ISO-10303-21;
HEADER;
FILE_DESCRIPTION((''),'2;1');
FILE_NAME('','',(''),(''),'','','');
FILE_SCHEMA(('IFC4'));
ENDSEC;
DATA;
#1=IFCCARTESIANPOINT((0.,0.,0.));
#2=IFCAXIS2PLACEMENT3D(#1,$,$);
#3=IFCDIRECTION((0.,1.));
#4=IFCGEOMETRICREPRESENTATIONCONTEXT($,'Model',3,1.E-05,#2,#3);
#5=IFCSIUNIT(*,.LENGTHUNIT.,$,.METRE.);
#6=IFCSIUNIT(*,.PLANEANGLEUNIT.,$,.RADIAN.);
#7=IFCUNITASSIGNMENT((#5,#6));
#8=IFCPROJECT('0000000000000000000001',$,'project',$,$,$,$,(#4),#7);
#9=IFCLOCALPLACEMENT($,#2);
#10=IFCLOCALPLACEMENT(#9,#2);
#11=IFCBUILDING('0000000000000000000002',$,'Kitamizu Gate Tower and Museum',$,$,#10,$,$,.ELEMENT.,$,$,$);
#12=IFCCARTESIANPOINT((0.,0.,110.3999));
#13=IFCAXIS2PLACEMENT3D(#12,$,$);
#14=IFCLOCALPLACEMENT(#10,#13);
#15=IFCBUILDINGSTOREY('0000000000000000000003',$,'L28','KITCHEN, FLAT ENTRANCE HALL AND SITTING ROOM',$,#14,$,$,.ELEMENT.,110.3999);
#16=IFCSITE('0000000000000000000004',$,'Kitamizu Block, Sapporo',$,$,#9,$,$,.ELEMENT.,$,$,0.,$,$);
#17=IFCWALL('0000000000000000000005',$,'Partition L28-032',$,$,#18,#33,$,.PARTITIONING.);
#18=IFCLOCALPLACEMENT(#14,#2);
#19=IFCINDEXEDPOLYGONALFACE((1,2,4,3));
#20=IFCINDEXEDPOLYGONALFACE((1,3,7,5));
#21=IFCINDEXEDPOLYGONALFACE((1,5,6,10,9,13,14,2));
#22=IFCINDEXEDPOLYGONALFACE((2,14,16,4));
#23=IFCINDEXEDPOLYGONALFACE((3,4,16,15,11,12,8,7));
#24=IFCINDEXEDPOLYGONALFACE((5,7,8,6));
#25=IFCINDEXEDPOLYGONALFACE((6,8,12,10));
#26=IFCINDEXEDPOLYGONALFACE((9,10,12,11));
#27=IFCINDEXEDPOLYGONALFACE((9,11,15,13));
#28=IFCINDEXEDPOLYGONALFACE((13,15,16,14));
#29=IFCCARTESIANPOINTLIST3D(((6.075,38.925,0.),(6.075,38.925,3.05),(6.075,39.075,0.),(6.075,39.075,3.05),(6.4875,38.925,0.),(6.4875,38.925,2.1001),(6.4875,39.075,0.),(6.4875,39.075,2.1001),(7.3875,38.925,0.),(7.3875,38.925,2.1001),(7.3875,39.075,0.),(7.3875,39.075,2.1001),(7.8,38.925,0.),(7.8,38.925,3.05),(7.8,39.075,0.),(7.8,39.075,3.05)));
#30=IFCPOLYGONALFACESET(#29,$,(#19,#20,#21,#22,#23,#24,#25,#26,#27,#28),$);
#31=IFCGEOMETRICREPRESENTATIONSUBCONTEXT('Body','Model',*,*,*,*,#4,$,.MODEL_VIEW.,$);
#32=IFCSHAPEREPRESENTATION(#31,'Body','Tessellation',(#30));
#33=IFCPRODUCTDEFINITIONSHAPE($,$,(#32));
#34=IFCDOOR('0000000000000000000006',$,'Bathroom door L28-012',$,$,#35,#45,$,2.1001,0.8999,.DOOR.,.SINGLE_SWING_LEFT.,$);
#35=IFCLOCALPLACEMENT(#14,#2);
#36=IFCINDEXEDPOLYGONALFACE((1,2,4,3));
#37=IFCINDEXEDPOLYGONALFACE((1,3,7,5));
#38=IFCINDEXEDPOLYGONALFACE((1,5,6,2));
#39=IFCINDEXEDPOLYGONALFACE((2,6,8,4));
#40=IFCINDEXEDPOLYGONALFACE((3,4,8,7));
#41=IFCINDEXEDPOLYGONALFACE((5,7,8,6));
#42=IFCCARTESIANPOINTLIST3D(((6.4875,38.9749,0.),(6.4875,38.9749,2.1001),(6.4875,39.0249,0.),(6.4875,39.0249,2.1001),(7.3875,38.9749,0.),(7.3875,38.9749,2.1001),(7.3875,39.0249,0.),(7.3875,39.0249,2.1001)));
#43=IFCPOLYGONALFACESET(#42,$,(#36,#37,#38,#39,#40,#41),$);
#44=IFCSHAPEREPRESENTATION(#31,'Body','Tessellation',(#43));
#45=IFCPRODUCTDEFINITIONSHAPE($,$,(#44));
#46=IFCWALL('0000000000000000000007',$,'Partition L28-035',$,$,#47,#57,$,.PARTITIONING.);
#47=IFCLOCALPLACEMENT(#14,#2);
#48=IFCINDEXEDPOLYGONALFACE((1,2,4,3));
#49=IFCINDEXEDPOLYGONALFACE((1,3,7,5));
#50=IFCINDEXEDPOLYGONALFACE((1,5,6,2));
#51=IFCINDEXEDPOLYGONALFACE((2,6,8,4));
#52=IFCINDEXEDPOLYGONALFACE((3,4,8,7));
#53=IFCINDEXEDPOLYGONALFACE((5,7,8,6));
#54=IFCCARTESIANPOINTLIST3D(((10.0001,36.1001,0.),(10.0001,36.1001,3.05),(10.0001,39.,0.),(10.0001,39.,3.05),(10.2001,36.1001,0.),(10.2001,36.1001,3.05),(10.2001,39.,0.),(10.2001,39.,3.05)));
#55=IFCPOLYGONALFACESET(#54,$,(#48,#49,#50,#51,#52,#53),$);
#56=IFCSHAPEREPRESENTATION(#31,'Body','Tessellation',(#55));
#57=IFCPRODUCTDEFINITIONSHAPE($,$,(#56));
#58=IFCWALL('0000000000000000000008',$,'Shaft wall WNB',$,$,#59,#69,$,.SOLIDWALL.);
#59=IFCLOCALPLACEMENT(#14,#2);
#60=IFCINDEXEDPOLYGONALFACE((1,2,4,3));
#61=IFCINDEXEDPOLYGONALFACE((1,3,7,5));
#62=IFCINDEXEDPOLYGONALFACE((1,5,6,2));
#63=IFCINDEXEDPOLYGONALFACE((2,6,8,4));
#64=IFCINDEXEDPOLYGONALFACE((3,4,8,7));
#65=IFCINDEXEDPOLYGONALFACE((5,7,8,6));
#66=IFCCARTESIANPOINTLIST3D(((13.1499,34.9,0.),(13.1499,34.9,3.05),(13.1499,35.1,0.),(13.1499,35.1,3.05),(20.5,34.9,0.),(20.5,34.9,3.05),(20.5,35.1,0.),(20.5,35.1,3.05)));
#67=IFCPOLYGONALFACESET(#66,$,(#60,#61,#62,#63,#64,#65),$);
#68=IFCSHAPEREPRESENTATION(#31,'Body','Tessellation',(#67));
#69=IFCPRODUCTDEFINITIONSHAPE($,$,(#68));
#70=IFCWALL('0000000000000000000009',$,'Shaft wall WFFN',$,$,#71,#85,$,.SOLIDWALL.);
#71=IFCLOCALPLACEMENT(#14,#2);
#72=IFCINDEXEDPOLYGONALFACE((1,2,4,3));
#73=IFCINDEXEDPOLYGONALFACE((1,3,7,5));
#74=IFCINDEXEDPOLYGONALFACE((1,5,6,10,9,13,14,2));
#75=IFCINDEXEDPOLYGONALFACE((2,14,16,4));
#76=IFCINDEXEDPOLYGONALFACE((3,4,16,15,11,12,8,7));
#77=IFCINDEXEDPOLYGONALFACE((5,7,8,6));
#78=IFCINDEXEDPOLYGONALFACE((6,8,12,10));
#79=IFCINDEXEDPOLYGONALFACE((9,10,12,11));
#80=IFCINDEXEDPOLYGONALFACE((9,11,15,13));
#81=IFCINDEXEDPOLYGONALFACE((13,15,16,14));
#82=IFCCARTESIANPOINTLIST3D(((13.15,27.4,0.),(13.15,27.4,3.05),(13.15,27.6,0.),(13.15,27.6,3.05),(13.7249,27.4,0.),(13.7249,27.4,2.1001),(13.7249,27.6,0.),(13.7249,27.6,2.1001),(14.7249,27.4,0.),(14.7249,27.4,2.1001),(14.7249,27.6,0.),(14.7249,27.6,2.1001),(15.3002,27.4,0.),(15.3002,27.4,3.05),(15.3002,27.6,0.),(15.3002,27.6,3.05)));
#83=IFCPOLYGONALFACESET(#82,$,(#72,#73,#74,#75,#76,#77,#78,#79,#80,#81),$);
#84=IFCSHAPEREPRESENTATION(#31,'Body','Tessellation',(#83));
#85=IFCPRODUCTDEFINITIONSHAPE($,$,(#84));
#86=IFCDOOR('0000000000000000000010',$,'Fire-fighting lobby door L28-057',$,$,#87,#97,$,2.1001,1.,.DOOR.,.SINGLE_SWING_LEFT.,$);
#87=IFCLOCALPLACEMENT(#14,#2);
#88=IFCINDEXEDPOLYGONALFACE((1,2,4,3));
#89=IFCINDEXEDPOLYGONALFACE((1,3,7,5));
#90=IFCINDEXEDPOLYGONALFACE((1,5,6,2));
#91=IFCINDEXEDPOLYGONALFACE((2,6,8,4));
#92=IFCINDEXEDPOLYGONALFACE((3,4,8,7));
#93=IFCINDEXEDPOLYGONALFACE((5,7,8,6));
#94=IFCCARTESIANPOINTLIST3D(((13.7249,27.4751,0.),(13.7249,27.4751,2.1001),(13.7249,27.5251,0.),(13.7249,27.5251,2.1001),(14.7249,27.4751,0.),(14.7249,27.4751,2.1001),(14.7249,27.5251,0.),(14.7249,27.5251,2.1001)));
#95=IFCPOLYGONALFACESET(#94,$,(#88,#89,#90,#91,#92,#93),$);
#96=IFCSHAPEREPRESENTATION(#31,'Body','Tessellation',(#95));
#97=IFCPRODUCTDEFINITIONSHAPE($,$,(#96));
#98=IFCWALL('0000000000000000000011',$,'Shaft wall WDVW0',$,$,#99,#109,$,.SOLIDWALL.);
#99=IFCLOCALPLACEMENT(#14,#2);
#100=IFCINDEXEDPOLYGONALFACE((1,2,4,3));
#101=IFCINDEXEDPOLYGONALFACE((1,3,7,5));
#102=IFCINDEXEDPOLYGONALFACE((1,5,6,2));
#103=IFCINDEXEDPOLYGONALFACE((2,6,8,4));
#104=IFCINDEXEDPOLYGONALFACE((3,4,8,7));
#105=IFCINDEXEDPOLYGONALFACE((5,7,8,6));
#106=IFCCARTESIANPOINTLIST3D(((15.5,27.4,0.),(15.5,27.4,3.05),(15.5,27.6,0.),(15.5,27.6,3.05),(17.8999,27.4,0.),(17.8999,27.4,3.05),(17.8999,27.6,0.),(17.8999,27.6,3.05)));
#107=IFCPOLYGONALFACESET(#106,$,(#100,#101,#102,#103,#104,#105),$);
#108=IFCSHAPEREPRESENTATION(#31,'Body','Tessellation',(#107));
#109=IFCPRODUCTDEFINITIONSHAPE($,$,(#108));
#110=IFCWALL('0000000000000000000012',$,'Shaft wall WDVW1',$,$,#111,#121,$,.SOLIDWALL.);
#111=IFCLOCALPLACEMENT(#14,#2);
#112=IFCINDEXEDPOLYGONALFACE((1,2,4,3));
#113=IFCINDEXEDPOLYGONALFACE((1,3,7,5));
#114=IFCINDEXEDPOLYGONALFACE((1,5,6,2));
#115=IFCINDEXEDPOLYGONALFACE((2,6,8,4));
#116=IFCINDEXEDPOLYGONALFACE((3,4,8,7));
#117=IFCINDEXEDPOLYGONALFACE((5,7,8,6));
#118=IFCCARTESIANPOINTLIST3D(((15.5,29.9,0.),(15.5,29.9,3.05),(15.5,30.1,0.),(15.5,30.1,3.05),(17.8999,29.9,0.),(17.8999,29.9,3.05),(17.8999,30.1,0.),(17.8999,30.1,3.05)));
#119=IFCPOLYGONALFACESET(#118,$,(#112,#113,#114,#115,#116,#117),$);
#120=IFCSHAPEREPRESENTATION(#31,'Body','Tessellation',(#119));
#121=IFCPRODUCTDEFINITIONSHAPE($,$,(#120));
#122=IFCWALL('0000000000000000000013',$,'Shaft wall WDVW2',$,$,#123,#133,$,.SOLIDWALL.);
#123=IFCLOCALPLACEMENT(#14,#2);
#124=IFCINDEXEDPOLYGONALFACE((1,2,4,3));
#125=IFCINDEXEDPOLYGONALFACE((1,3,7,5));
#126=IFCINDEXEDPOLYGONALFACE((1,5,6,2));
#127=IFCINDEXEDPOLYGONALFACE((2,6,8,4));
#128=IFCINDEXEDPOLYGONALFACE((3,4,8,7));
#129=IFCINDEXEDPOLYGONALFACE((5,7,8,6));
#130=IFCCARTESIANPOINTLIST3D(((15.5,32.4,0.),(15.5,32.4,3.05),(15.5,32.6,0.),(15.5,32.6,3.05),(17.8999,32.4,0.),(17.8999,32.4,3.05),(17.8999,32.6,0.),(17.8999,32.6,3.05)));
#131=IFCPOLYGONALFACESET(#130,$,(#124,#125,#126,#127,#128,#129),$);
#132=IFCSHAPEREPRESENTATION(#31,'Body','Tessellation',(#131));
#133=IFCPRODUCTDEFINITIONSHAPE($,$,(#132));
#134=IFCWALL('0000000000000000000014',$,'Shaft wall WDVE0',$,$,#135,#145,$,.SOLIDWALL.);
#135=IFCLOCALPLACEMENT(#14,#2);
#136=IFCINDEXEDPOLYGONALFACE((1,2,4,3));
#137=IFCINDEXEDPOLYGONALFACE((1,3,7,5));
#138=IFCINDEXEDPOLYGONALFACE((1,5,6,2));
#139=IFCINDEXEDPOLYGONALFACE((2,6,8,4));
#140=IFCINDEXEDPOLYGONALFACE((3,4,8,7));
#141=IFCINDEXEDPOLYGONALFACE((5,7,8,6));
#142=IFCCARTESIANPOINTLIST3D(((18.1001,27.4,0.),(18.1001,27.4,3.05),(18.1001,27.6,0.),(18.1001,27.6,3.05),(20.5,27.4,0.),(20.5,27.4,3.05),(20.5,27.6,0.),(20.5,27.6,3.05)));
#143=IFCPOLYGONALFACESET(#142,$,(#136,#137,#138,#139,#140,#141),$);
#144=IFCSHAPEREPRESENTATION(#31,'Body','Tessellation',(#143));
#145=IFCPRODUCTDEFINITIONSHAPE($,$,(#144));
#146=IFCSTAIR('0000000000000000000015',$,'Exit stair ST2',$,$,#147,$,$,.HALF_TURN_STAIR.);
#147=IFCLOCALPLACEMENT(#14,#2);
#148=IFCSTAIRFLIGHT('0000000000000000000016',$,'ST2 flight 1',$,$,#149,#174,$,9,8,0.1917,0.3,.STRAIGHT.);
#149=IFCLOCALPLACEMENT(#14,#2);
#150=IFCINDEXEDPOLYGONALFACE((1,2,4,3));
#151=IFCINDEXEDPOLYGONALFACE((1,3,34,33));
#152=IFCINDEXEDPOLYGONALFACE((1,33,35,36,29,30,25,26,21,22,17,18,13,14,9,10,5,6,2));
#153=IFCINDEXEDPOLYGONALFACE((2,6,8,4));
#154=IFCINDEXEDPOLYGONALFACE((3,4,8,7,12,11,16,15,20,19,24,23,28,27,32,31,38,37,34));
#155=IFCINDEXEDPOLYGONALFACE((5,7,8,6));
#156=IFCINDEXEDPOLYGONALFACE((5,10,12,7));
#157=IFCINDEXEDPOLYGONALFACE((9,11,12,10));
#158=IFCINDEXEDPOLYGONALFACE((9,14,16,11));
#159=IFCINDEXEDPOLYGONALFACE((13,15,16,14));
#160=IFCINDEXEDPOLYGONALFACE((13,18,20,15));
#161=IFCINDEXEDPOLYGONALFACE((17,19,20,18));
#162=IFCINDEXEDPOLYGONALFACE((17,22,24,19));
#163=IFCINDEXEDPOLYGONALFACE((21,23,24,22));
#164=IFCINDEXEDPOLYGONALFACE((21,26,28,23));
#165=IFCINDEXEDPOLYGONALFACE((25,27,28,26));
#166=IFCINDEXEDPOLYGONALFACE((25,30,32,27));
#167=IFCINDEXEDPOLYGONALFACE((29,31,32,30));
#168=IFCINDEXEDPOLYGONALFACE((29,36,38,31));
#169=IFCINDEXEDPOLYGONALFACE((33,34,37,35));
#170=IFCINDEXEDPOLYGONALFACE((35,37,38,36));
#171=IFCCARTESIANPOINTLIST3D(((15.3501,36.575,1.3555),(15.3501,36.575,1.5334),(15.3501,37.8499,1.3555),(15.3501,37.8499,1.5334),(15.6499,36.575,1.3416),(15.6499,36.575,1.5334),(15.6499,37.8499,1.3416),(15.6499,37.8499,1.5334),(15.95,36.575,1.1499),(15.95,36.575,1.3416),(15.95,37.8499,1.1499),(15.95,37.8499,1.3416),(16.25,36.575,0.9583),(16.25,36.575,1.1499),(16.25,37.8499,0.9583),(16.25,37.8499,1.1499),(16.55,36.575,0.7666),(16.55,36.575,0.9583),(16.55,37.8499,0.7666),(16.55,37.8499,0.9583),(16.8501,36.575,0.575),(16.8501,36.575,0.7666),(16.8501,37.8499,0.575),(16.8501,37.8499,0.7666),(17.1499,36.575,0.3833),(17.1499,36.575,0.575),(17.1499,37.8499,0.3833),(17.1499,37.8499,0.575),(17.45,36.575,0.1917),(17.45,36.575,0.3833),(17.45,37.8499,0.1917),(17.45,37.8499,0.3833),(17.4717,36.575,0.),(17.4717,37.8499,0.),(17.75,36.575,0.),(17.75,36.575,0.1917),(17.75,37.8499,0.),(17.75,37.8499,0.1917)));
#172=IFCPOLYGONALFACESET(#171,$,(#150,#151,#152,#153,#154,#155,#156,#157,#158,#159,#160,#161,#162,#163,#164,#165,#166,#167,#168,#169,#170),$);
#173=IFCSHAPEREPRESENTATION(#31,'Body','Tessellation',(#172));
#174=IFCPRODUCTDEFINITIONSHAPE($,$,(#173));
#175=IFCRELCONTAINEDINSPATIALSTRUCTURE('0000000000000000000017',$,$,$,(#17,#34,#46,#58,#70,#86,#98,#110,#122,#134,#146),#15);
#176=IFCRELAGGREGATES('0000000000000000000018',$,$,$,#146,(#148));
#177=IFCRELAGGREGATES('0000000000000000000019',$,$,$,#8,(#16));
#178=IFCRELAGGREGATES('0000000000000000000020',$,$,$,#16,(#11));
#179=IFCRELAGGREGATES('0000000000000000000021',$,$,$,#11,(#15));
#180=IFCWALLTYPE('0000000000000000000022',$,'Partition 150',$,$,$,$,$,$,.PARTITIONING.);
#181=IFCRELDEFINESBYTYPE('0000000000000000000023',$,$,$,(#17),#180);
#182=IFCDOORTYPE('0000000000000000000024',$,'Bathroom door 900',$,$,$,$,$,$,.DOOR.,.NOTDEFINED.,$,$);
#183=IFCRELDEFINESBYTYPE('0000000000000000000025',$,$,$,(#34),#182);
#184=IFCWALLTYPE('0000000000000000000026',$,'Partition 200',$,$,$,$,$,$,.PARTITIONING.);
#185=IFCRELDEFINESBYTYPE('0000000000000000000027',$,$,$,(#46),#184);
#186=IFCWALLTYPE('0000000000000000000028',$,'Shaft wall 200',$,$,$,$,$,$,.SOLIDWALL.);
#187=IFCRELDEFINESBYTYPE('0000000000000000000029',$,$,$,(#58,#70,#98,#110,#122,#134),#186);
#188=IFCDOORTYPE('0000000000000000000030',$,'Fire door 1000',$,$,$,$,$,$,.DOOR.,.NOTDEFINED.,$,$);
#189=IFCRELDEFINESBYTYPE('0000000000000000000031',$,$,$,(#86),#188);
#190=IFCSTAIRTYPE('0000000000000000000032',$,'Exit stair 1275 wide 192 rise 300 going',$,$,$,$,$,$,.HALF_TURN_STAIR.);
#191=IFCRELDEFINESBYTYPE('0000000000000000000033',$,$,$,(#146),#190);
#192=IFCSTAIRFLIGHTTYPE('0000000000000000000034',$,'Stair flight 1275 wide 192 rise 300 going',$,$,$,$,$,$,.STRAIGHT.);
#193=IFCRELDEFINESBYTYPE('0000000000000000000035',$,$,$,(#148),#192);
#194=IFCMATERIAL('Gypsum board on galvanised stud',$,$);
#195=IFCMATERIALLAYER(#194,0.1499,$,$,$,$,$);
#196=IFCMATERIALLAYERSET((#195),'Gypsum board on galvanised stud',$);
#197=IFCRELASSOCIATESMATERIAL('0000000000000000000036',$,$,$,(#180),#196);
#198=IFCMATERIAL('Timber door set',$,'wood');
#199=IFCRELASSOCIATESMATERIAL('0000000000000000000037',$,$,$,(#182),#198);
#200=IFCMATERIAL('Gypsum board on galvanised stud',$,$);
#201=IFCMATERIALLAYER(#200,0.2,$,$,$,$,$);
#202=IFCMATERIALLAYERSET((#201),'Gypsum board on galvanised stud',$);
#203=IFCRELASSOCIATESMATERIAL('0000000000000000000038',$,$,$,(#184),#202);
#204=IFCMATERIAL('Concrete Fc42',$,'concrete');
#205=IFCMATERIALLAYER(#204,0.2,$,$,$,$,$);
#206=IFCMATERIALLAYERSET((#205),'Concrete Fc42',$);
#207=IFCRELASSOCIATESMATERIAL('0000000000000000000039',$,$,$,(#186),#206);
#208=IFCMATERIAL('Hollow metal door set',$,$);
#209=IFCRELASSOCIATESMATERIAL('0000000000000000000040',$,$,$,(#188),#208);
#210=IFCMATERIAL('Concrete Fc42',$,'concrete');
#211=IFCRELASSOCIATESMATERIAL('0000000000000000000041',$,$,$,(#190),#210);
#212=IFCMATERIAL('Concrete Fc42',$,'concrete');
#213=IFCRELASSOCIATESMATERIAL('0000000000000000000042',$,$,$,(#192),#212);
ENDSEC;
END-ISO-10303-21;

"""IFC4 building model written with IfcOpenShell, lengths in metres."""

from ifc_helpers import new_model, si_unit, direction, frame, frame_2d, origin, place, context, subcontext, project, spatial, polyline, rectangle, outline, extrude, material, layer, layer_set, type_object, element, fill, aggregate, save


model = new_model("IFC4")

# Units and contexts
model_context = context("Model", 3, precision=1e-05, world=origin(), true_north=direction((0.0, 1.0)))
body_context = subcontext(model_context, "Body", "Model", "MODEL_VIEW")
ifc_project = project(units=[si_unit("LENGTHUNIT", "METRE"), si_unit("PLANEANGLEUNIT", "RADIAN")], contexts=[model_context])

# Site, building, storey
site_placement = place(None, origin())
site = spatial("IfcSite", under=ifc_project, at=site_placement, Name="Kitamizu Block, Sapporo", CompositionType="ELEMENT", RefElevation=0.0)
building_placement = place(site_placement, origin())
building = spatial("IfcBuilding", under=site, at=building_placement, Name="Kitamizu Gate Tower and Museum", CompositionType="ELEMENT")
storey_placement = place(building_placement, frame((0.0, 0.0, 110.3999)))
storey = spatial("IfcBuildingStorey", under=building, at=storey_placement, Name="L28", Description="KITCHEN, FLAT ENTRANCE HALL AND SITTING ROOM", CompositionType="ELEMENT", Elevation=110.3999)

# Shared definitions
ifc_material_1 = material(Name="Gypsum board on galvanised stud")
ifc_layer_1 = layer(ifc_material_1, 0.1499)
ifc_layer_set_1 = layer_set([ifc_layer_1], Name="Gypsum board on galvanised stud")
wall_type_1 = type_object("IfcWallType", Name="Partition 150", PredefinedType="PARTITIONING", material=ifc_layer_set_1)

# Wall, opening, door
wall_1_placement = place(storey_placement, frame((7.8, 39.0, 0.0), z_axis=(0.0, 0.0, 1.0), x_axis=(-1.0, 0.0, 0.0)))
wall_1 = element("IfcWall", 1, at=wall_1_placement, inside=storey, type_object=wall_type_1, Name="Partition L28-032", PredefinedType="PARTITIONING", context=body_context, shape_type="SweptSolid", body=[
    extrude(rectangle(XDim=1.7251, YDim=0.1499, at=frame_2d((0.8625, 0.0))), origin(), (0.0, 0.0, 1.0), 3.05),
])
opening_1_placement = place(wall_1_placement, frame((0.4126, 0.0, 0.0)))
opening_1 = element("IfcOpeningElement", 2, at=opening_1_placement, cuts=wall_1, PredefinedType="OPENING", context=body_context, shape_type="SweptSolid", body=[
    extrude(rectangle(XDim=0.8999, YDim=2.1001, at=frame_2d((0.45, 1.05))), frame((0.0, 0.085, 0.0), z_axis=(0.0, -1.0, 0.0), x_axis=(1.0, 0.0, 0.0)), (0.0, 0.0, 1.0), 0.1699),
])
ifc_material_2 = material(Name="Timber door set", Category="wood")
door_type_1 = type_object("IfcDoorType", Name="Bathroom door 900", OperationType="NOTDEFINED", PredefinedType="DOOR", material=ifc_material_2)
door_1_placement = place(opening_1_placement, frame((0.8999, 0.0, 0.0), x_axis=(-1.0, 0.0, 0.0)))
door_1 = element("IfcDoor", 3, at=door_1_placement, inside=storey, type_object=door_type_1, Name="Bathroom door L28-012", OperationType="SINGLE_SWING_LEFT", OverallHeight=2.1001, OverallWidth=0.8999, PredefinedType="DOOR", context=body_context, shape_type="SweptSolid", body=[
    extrude(rectangle(XDim=0.8999, YDim=2.1001, at=frame_2d((0.45, 1.05))), frame((0.0, 0.0249, 0.0), z_axis=(0.0, -1.0, 0.0), x_axis=(1.0, 0.0, 0.0)), (0.0, 0.0, 1.0), 0.05),
])
fill(opening_1, door_1)

# Walls
ifc_material_3 = material(Name="Gypsum board on galvanised stud")
ifc_layer_2 = layer(ifc_material_3, 0.2)
ifc_layer_set_2 = layer_set([ifc_layer_2], Name="Gypsum board on galvanised stud")
wall_type_2 = type_object("IfcWallType", Name="Partition 200", PredefinedType="PARTITIONING", material=ifc_layer_set_2)
wall_2_placement = place(storey_placement, frame((10.1001, 36.1001, 0.0), z_axis=(0.0, 0.0, 1.0), x_axis=(0.0, 1.0, 0.0)))
element("IfcWall", 4, at=wall_2_placement, inside=storey, type_object=wall_type_2, Name="Partition L28-035", PredefinedType="PARTITIONING", context=body_context, shape_type="SweptSolid", body=[
    extrude(rectangle(XDim=2.8999, YDim=0.2, at=frame_2d((1.45, 0.0))), origin(), (0.0, 0.0, 1.0), 3.05),
])
ifc_material_4 = material(Name="Concrete Fc42", Category="concrete")
ifc_layer_3 = layer(ifc_material_4, 0.2)
ifc_layer_set_3 = layer_set([ifc_layer_3], Name="Concrete Fc42")
wall_type_3 = type_object("IfcWallType", Name="Shaft wall 200", PredefinedType="SOLIDWALL", material=ifc_layer_set_3)
wall_3_placement = place(storey_placement, frame((13.1499, 35.0, 0.0), z_axis=(0.0, 0.0, 1.0), x_axis=(1.0, 0.0, 0.0)))
element("IfcWall", 5, at=wall_3_placement, inside=storey, type_object=wall_type_3, Name="Shaft wall WNB", PredefinedType="SOLIDWALL", context=body_context, shape_type="SweptSolid", body=[
    extrude(rectangle(XDim=7.3501, YDim=0.2, at=frame_2d((3.675, 0.0))), origin(), (0.0, 0.0, 1.0), 3.05),
])

# Wall, opening, door
wall_4_placement = place(storey_placement, frame((13.1499, 27.5, 0.0), z_axis=(0.0, 0.0, 1.0), x_axis=(1.0, 0.0, 0.0)))
wall_4 = element("IfcWall", 6, at=wall_4_placement, inside=storey, type_object=wall_type_3, Name="Shaft wall WFFN", PredefinedType="SOLIDWALL", context=body_context, shape_type="SweptSolid", body=[
    extrude(rectangle(XDim=2.1501, YDim=0.2, at=frame_2d((1.0752, 0.0))), origin(), (0.0, 0.0, 1.0), 3.05),
])
opening_2_placement = place(wall_4_placement, frame((0.575, 0.0, 0.0)))
opening_2 = element("IfcOpeningElement", 7, at=opening_2_placement, cuts=wall_4, PredefinedType="OPENING", context=body_context, shape_type="SweptSolid", body=[
    extrude(rectangle(XDim=1.0, YDim=2.1001, at=frame_2d((0.5, 1.05))), frame((0.0, 0.1099, 0.0), z_axis=(0.0, -1.0, 0.0), x_axis=(1.0, 0.0, 0.0)), (0.0, 0.0, 1.0), 0.22),
])
ifc_material_5 = material(Name="Hollow metal door set")
door_type_2 = type_object("IfcDoorType", Name="Fire door 1000", OperationType="NOTDEFINED", PredefinedType="DOOR", material=ifc_material_5)
door_2_placement = place(opening_2_placement, frame((1.0, 0.0, 0.0), x_axis=(-1.0, 0.0, 0.0)))
door_2 = element("IfcDoor", 8, at=door_2_placement, inside=storey, type_object=door_type_2, Name="Fire-fighting lobby door L28-057", OperationType="SINGLE_SWING_LEFT", OverallHeight=2.1001, OverallWidth=1.0, PredefinedType="DOOR", context=body_context, shape_type="SweptSolid", body=[
    extrude(rectangle(XDim=1.0, YDim=2.1001, at=frame_2d((0.5, 1.05))), frame((0.0, 0.0249, 0.0), z_axis=(0.0, -1.0, 0.0), x_axis=(1.0, 0.0, 0.0)), (0.0, 0.0, 1.0), 0.05),
])
fill(opening_2, door_2)

# Walls
for number, where, z_axis, x_axis, name in (
    (9, (15.5, 27.5, 0.0), (0.0, 0.0, 1.0), (1.0, 0.0, 0.0), "Shaft wall WDVW0"),
    (10, (15.5, 30.0, 0.0), (0.0, 0.0, 1.0), (1.0, 0.0, 0.0), "Shaft wall WDVW1"),
    (11, (15.5, 32.5, 0.0), (0.0, 0.0, 1.0), (1.0, 0.0, 0.0), "Shaft wall WDVW2"),
    (12, (18.1001, 27.5, 0.0), (0.0, 0.0, 1.0), (1.0, 0.0, 0.0), "Shaft wall WDVE0"),
):
    element("IfcWall", number, at=place(storey_placement, frame(where, z_axis=z_axis, x_axis=x_axis)), inside=storey, type_object=wall_type_3, Name=name, PredefinedType="SOLIDWALL", context=body_context, shape_type="SweptSolid", body=[
        extrude(rectangle(XDim=2.3999, YDim=0.2, at=frame_2d((1.2, 0.0))), origin(), (0.0, 0.0, 1.0), 3.05),
    ])

# Stair, stair flight
ifc_material_6 = material(Name="Concrete Fc42", Category="concrete")
stair_type = type_object("IfcStairType", Name="Exit stair 1275 wide 192 rise 300 going", PredefinedType="HALF_TURN_STAIR", material=ifc_material_6)
stair_placement = place(storey_placement, origin())
stair = element("IfcStair", 13, at=stair_placement, inside=storey, type_object=stair_type, Name="Exit stair ST2", PredefinedType="HALF_TURN_STAIR")
ifc_material_7 = material(Name="Concrete Fc42", Category="concrete")
stair_flight_type = type_object("IfcStairFlightType", Name="Stair flight 1275 wide 192 rise 300 going", PredefinedType="STRAIGHT", material=ifc_material_7)
stair_flight_1_placement = place(storey_placement, frame((17.75, 37.2124, 0.0), z_axis=(0.0, 0.0, 1.0), x_axis=(-1.0, 0.0, 0.0)))
stair_flight_1 = element("IfcStairFlight", 14, at=stair_flight_1_placement, type_object=stair_flight_type, Name="ST2 flight 1", NumberOfRisers=9, NumberOfTreads=8, PredefinedType="STRAIGHT", RiserHeight=0.1917, TreadLength=0.3, context=body_context, shape_type="SweptSolid", body=[
    extrude(outline(polyline([(0.0, 0.0), (0.0, 0.1917), (0.3, 0.1917), (0.3, 0.3833), (0.6001, 0.3833), (0.6001, 0.575), (0.8999, 0.575), (0.8999, 0.7666), (1.2, 0.7666), (1.2, 0.9583), (1.5, 0.9583), (1.5, 1.1499), (1.8, 1.1499), (1.8, 1.3416), (2.1001, 1.3416), (2.1001, 1.5334), (2.3999, 1.5334), (2.3999, 1.7251), (2.3999, 1.3555), (0.2783, 0.0), (0.0, 0.0)])), frame((0.0, 0.6375, 0.0), z_axis=(0.0, -1.0, 0.0), x_axis=(1.0, 0.0, 0.0)), (0.0, 0.0, 1.0), 1.2749),
])
aggregate(stair, [stair_flight_1])

save(model, "model.ifc")
